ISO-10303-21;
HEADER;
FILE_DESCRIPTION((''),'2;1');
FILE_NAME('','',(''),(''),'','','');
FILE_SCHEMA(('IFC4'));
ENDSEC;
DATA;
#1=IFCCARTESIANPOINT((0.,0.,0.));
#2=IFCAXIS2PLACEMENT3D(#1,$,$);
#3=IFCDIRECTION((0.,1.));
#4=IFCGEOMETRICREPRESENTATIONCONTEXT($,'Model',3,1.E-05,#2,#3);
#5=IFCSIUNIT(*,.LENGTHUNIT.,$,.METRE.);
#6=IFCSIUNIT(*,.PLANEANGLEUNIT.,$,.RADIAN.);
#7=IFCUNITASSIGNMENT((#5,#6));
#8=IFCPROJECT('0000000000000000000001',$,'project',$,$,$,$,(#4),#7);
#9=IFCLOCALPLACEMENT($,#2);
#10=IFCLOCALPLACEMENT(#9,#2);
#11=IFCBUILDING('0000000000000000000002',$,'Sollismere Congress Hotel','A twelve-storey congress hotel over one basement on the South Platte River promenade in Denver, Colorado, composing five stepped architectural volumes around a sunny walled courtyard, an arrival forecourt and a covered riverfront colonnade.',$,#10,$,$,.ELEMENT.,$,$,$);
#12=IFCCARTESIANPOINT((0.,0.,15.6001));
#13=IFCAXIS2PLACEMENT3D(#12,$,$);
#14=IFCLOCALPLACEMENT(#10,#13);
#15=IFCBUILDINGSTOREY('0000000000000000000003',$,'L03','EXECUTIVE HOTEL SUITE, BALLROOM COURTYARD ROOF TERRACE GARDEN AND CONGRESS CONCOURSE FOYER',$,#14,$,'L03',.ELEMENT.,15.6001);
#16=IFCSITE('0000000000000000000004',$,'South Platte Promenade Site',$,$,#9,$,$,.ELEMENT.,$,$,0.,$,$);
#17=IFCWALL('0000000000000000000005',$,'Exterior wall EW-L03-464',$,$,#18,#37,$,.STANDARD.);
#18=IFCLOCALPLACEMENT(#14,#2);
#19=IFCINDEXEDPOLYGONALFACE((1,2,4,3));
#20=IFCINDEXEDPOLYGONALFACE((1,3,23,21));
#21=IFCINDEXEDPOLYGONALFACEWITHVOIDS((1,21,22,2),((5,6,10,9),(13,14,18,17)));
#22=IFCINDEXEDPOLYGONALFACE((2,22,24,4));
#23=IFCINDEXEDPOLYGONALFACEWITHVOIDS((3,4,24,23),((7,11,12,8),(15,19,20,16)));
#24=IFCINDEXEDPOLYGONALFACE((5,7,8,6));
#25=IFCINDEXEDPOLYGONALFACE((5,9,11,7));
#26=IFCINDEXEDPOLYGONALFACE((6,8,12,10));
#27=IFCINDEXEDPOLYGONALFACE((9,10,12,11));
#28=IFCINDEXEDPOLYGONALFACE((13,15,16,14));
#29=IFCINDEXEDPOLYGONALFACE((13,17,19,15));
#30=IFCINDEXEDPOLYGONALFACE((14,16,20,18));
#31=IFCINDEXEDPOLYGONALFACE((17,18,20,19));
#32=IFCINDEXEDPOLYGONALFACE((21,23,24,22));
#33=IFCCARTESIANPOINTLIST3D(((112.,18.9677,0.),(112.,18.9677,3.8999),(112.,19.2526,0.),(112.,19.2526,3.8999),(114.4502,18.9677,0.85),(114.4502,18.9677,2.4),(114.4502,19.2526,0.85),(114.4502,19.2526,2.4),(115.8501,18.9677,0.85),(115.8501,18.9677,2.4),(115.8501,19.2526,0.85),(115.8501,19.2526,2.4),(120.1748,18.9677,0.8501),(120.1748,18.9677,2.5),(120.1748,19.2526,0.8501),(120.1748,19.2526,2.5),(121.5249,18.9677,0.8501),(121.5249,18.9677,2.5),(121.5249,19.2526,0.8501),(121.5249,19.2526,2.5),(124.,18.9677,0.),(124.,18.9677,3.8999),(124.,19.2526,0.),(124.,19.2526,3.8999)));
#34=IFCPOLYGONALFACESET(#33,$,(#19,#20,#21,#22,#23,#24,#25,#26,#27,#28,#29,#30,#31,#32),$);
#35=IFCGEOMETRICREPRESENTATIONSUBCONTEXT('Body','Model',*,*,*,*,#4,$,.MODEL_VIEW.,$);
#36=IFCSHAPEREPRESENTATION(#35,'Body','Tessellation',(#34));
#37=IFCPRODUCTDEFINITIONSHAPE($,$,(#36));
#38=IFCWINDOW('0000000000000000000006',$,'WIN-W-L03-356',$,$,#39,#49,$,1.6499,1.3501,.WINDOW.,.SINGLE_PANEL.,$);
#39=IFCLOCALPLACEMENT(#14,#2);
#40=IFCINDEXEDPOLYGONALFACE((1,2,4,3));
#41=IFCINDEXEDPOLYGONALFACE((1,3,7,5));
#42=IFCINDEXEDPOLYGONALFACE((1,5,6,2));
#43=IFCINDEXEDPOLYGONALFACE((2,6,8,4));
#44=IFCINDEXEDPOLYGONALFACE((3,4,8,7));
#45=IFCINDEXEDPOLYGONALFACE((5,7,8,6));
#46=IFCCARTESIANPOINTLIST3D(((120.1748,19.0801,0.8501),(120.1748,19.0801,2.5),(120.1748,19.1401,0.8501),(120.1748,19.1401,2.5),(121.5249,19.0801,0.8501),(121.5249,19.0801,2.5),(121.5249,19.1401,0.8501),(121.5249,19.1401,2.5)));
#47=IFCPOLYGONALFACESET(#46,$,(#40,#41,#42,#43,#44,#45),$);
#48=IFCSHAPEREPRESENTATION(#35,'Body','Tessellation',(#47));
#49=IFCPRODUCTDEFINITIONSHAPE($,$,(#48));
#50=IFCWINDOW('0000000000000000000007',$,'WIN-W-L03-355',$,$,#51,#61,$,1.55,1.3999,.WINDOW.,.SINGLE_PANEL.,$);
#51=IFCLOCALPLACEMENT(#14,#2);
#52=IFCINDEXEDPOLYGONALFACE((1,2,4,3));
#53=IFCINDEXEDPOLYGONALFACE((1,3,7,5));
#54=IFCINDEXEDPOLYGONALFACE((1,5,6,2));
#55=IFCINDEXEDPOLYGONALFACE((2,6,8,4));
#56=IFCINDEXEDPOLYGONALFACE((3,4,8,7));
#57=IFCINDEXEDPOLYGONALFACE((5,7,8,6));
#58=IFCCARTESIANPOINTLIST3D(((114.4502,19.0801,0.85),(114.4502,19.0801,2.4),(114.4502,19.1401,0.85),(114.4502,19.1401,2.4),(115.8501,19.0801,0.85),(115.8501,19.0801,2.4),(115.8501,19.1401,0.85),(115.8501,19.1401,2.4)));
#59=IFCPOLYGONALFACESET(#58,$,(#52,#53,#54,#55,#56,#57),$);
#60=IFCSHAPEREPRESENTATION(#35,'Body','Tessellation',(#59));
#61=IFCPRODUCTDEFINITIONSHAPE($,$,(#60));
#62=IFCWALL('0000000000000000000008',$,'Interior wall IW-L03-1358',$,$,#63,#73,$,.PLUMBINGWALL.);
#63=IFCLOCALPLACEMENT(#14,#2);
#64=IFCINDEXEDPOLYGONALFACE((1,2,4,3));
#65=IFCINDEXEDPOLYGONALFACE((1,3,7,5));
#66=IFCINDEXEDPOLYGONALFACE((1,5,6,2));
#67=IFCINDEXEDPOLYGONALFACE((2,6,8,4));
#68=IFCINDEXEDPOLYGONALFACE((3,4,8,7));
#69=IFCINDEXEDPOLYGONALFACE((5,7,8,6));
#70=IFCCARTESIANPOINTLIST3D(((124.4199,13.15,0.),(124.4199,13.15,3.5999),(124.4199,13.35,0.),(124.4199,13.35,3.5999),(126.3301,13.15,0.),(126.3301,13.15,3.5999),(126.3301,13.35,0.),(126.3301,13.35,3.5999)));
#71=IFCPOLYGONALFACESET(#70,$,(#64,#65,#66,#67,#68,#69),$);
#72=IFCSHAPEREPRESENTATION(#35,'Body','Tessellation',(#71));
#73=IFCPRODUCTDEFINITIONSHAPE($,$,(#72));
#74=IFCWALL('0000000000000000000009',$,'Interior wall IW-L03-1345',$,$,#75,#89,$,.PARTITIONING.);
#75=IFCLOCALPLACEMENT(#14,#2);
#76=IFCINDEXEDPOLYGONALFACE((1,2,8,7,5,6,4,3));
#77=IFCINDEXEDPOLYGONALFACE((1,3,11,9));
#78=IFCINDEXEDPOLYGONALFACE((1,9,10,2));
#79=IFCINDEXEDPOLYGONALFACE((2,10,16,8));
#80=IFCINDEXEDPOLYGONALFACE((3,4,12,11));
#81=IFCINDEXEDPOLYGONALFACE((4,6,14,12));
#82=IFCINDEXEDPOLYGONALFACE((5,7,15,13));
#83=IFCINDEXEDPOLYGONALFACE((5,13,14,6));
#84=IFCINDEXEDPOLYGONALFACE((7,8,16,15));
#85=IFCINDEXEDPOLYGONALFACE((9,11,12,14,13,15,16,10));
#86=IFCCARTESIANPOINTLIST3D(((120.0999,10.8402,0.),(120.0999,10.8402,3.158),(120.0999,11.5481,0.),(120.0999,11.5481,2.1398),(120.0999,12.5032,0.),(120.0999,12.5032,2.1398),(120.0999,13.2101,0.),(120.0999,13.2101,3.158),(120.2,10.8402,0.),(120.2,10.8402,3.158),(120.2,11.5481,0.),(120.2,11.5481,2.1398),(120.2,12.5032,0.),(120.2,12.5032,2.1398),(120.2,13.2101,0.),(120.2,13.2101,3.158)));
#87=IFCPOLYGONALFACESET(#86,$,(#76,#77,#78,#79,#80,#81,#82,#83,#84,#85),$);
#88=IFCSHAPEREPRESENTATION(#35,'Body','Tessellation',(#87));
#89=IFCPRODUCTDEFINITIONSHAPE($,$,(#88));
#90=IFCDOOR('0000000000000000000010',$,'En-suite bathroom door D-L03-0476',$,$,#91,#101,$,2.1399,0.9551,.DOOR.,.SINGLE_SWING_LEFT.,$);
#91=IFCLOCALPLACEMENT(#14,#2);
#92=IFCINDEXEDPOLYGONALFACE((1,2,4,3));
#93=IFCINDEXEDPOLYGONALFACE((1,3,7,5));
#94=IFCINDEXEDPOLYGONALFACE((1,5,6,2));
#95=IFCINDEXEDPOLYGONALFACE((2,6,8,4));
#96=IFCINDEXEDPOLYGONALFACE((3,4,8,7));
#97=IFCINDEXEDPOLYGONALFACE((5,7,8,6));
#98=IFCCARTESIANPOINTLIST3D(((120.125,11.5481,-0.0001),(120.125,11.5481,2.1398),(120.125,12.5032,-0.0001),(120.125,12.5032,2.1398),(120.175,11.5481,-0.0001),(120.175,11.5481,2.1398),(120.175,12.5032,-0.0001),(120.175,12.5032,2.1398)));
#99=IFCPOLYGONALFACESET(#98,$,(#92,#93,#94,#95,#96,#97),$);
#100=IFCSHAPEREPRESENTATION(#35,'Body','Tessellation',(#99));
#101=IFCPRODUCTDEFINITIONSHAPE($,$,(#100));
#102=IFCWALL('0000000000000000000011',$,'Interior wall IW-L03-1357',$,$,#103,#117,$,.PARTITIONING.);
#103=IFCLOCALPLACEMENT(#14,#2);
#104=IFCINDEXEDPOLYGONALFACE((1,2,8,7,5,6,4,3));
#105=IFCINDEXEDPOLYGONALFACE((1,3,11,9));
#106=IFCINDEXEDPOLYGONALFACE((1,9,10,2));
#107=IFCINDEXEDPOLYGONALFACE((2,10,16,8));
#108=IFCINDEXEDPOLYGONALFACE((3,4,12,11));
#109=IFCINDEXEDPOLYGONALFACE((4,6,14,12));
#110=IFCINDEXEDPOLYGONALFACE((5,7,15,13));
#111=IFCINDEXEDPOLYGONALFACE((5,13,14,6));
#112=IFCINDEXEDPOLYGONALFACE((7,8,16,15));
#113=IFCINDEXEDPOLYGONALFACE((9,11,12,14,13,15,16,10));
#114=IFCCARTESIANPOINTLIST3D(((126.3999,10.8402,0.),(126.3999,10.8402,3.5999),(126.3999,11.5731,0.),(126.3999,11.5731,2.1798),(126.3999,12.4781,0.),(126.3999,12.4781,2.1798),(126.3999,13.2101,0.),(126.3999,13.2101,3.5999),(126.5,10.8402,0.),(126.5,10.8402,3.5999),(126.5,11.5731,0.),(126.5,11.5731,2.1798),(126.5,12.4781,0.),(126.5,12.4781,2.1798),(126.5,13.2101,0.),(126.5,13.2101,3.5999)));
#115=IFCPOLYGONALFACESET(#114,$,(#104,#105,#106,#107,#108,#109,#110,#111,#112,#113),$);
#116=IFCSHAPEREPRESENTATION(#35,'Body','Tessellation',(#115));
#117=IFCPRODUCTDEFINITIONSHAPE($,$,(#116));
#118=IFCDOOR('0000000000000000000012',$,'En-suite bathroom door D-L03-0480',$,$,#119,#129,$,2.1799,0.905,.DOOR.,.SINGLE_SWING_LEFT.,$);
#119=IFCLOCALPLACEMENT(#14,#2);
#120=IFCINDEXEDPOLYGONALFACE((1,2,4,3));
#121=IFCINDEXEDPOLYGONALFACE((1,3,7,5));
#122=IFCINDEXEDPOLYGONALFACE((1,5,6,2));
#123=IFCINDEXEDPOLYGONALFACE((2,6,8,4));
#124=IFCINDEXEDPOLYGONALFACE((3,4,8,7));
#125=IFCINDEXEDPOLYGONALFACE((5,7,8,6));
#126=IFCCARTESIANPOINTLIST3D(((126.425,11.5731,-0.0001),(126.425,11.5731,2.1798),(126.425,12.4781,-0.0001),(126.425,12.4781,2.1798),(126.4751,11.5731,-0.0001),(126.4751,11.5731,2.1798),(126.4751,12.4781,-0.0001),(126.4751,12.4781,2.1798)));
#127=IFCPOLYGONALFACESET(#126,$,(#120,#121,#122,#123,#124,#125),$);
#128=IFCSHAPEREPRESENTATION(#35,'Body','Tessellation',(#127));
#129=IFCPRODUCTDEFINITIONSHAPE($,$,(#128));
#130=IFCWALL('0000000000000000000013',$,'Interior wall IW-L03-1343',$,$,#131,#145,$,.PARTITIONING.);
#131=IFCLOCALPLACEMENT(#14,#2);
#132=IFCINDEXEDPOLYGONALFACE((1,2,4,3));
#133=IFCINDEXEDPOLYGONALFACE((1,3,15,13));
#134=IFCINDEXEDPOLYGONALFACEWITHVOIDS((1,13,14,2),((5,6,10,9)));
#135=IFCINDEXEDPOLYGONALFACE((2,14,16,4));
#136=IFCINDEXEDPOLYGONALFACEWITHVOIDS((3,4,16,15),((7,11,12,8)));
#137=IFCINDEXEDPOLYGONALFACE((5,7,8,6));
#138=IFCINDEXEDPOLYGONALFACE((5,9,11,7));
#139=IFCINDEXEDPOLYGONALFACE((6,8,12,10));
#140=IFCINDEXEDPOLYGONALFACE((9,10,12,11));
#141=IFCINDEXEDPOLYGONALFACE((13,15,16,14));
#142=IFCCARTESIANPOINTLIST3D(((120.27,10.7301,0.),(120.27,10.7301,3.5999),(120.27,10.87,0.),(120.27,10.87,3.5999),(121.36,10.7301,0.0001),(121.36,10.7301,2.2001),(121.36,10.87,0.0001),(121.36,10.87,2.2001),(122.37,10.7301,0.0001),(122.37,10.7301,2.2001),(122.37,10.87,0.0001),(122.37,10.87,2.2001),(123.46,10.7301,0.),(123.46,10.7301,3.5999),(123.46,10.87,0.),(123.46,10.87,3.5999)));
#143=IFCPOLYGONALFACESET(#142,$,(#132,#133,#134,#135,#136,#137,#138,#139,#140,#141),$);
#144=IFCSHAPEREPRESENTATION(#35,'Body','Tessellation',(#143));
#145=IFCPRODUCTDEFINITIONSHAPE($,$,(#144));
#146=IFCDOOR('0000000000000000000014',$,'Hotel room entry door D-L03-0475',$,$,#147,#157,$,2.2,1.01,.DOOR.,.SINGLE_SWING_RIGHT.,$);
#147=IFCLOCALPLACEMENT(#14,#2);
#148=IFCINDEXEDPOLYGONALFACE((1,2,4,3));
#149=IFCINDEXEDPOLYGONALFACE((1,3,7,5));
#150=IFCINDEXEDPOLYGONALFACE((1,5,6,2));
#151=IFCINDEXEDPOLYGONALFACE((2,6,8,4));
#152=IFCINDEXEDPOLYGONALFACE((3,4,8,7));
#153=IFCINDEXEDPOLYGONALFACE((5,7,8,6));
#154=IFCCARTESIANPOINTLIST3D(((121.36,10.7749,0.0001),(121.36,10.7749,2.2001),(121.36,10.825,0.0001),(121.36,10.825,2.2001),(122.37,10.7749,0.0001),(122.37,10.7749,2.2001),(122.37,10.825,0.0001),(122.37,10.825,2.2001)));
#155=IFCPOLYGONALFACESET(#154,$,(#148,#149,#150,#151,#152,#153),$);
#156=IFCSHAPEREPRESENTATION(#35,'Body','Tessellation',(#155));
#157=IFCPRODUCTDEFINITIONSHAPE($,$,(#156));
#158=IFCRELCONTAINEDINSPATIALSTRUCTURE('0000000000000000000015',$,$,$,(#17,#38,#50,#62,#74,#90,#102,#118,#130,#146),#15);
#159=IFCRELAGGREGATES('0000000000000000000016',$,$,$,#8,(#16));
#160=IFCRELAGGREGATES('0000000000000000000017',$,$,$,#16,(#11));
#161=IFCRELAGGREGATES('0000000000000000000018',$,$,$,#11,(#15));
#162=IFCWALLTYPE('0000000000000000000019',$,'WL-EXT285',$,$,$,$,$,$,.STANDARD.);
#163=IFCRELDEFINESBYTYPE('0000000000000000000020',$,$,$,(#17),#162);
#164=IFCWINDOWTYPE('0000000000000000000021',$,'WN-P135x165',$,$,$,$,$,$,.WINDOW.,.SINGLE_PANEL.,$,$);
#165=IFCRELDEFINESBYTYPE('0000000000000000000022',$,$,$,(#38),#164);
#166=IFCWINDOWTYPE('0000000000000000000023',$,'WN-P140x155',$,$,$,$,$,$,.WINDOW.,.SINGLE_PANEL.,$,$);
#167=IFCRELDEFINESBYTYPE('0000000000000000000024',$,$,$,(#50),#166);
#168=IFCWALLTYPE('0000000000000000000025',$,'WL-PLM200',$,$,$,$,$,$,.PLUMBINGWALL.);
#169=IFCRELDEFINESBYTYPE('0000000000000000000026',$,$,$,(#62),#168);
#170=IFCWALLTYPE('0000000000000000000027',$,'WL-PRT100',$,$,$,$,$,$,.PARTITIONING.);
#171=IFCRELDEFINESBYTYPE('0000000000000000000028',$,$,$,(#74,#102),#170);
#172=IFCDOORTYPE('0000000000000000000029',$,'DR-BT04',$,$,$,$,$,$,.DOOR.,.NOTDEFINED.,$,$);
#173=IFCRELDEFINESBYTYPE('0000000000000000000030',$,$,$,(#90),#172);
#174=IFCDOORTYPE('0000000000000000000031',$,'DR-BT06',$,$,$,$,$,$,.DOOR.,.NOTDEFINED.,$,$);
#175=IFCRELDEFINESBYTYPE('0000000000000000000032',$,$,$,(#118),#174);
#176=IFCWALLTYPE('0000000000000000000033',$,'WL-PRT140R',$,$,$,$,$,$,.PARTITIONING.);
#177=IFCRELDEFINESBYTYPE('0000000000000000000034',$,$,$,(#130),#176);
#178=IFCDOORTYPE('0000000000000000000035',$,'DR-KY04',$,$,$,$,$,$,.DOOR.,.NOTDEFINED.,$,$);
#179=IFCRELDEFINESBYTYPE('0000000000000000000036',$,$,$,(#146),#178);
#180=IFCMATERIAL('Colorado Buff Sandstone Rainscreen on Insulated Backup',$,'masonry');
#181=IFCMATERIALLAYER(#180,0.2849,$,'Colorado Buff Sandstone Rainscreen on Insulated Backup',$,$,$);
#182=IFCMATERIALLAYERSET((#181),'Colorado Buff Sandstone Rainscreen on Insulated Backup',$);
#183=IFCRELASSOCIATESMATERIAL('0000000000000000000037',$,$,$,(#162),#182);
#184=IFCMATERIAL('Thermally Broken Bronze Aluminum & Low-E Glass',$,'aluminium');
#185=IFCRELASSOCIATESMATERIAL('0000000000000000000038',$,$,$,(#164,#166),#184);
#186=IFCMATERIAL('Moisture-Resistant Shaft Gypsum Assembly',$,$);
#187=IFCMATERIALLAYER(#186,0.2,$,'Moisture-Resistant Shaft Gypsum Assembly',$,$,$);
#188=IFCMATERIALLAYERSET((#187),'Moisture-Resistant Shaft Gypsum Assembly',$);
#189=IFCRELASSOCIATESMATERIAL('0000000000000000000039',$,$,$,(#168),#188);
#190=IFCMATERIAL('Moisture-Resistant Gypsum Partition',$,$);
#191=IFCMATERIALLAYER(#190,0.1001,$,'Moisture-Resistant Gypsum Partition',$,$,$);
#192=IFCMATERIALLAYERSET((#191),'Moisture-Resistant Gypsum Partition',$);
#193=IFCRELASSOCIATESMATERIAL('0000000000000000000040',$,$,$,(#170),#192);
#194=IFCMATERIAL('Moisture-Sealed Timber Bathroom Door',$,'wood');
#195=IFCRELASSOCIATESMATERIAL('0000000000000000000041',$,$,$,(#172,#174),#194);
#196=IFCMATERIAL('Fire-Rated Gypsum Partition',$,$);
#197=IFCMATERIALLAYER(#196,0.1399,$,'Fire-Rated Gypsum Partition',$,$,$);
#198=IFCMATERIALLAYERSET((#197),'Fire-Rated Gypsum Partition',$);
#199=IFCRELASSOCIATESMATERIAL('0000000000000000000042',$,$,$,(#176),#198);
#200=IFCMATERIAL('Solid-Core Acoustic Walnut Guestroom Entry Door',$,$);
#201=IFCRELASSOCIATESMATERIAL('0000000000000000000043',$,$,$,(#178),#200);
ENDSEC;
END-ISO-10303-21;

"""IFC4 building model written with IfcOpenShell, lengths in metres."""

from ifc_helpers import new_model, si_unit, direction, frame, frame_2d, origin, place, context, subcontext, project, spatial, rectangle, extrude, material, layer, layer_set, type_object, element, fill, save


model = new_model("IFC4")

# Units and contexts
model_context = context("Model", 3, precision=1e-05, world=origin(), true_north=direction((0.0, 1.0)))
body_context = subcontext(model_context, "Body", "Model", "MODEL_VIEW")
ifc_project = project(units=[si_unit("LENGTHUNIT", "METRE"), si_unit("PLANEANGLEUNIT", "RADIAN")], contexts=[model_context])

# Site, building, storey
site_placement = place(None, origin())
site = spatial("IfcSite", under=ifc_project, at=site_placement, Name="South Platte Promenade Site", CompositionType="ELEMENT", RefElevation=0.0)
building_placement = place(site_placement, origin())
building = spatial("IfcBuilding", under=site, at=building_placement, Name="Sollismere Congress Hotel", Description="A twelve-storey congress hotel over one basement on the South Platte River promenade in Denver, Colorado, composing five stepped architectural volumes around a sunny walled courtyard, an arrival forecourt and a covered riverfront colonnade.", CompositionType="ELEMENT")
storey_placement = place(building_placement, frame((0.0, 0.0, 15.6001)))
storey = spatial("IfcBuildingStorey", under=building, at=storey_placement, Name="L03", Description="EXECUTIVE HOTEL SUITE, BALLROOM COURTYARD ROOF TERRACE GARDEN AND CONGRESS CONCOURSE FOYER", LongName="L03", CompositionType="ELEMENT", Elevation=15.6001)

# Wall, openings, windows
ifc_material_1 = material(Name="Colorado Buff Sandstone Rainscreen on Insulated Backup", Category="masonry")
ifc_layer_1 = layer(ifc_material_1, 0.2849, Name="Colorado Buff Sandstone Rainscreen on Insulated Backup")
ifc_layer_set_1 = layer_set([ifc_layer_1], Name="Colorado Buff Sandstone Rainscreen on Insulated Backup")
wall_type_1 = type_object("IfcWallType", Name="WL-EXT285", PredefinedType="STANDARD", material=ifc_layer_set_1)
wall_1_placement = place(storey_placement, frame((124.0, 19.1101, 0.0), z_axis=(0.0, 0.0, 1.0), x_axis=(-1.0, 0.0, 0.0)))
wall_1 = element("IfcWall", 1, at=wall_1_placement, inside=storey, type_object=wall_type_1, Name="Exterior wall EW-L03-464", PredefinedType="STANDARD", context=body_context, shape_type="SweptSolid", body=[
    extrude(rectangle(XDim=12.0, YDim=0.2849, at=frame_2d((6.0, 0.0))), origin(), (0.0, 0.0, 1.0), 3.8999),
])
opening_1_placement = place(wall_1_placement, frame((8.1499, 0.0, 0.8501)))
opening_1 = element("IfcOpeningElement", 2, at=opening_1_placement, cuts=wall_1, PredefinedType="OPENING", context=body_context, shape_type="SweptSolid", body=[
    extrude(rectangle(XDim=1.3999, YDim=1.55, at=frame_2d((0.7, 0.7749))), frame((0.0, 0.1523, 0.0), z_axis=(0.0, -1.0, 0.0), x_axis=(1.0, 0.0, 0.0)), (0.0, 0.0, 1.0), 0.3049),
])
opening_2_placement = place(wall_1_placement, frame((2.4751, 0.0, 0.8501)))
opening_2 = element("IfcOpeningElement", 3, at=opening_2_placement, cuts=wall_1, PredefinedType="OPENING", context=body_context, shape_type="SweptSolid", body=[
    extrude(rectangle(XDim=1.3501, YDim=1.6499, at=frame_2d((0.675, 0.825))), frame((0.0, 0.1523, 0.0), z_axis=(0.0, -1.0, 0.0), x_axis=(1.0, 0.0, 0.0)), (0.0, 0.0, 1.0), 0.3049),
])
ifc_material_2 = material(Name="Thermally Broken Bronze Aluminum & Low-E Glass", Category="aluminium")
window_type_1 = type_object("IfcWindowType", Name="WN-P135x165", PartitioningType="SINGLE_PANEL", PredefinedType="WINDOW", material=ifc_material_2)
window_1_placement = place(opening_2_placement, origin())
window_1 = element("IfcWindow", 4, at=window_1_placement, inside=storey, type_object=window_type_1, Name="WIN-W-L03-356", OverallHeight=1.6499, OverallWidth=1.3501, PartitioningType="SINGLE_PANEL", PredefinedType="WINDOW", context=body_context, shape_type="SweptSolid", body=[
    extrude(rectangle(XDim=1.3501, YDim=1.6499, at=frame_2d((0.675, 0.825))), frame((0.0, 0.03, 0.0), z_axis=(0.0, -1.0, 0.0), x_axis=(1.0, 0.0, 0.0)), (0.0, 0.0, 1.0), 0.0601),
])
fill(opening_2, window_1)
window_type_2 = type_object("IfcWindowType", Name="WN-P140x155", PartitioningType="SINGLE_PANEL", PredefinedType="WINDOW", material=ifc_material_2)
window_2_placement = place(opening_1_placement, origin())
window_2 = element("IfcWindow", 5, at=window_2_placement, inside=storey, type_object=window_type_2, Name="WIN-W-L03-355", OverallHeight=1.55, OverallWidth=1.3999, PartitioningType="SINGLE_PANEL", PredefinedType="WINDOW", context=body_context, shape_type="SweptSolid", body=[
    extrude(rectangle(XDim=1.3999, YDim=1.55, at=frame_2d((0.7, 0.7749))), frame((0.0, 0.03, 0.0), z_axis=(0.0, -1.0, 0.0), x_axis=(1.0, 0.0, 0.0)), (0.0, 0.0, 1.0), 0.0601),
])
fill(opening_1, window_2)

# Wall
ifc_material_3 = material(Name="Moisture-Resistant Shaft Gypsum Assembly")
ifc_layer_2 = layer(ifc_material_3, 0.2, Name="Moisture-Resistant Shaft Gypsum Assembly")
ifc_layer_set_2 = layer_set([ifc_layer_2], Name="Moisture-Resistant Shaft Gypsum Assembly")
wall_type_2 = type_object("IfcWallType", Name="WL-PLM200", PredefinedType="PLUMBINGWALL", material=ifc_layer_set_2)
wall_2_placement = place(storey_placement, frame((124.4199, 13.25, 0.0), z_axis=(0.0, 0.0, 1.0), x_axis=(1.0, 0.0, 0.0)))
element("IfcWall", 6, at=wall_2_placement, inside=storey, type_object=wall_type_2, Name="Interior wall IW-L03-1358", PredefinedType="PLUMBINGWALL", context=body_context, shape_type="SweptSolid", body=[
    extrude(rectangle(XDim=1.9102, YDim=0.2, at=frame_2d((0.9551, 0.0))), origin(), (0.0, 0.0, 1.0), 3.5999),
])

# Walls, openings, doors
ifc_material_4 = material(Name="Moisture-Resistant Gypsum Partition")
ifc_layer_3 = layer(ifc_material_4, 0.1001, Name="Moisture-Resistant Gypsum Partition")
ifc_layer_set_3 = layer_set([ifc_layer_3], Name="Moisture-Resistant Gypsum Partition")
wall_type_3 = type_object("IfcWallType", Name="WL-PRT100", PredefinedType="PARTITIONING", material=ifc_layer_set_3)
wall_3_placement = place(storey_placement, frame((120.1499, 10.8401, 0.0), z_axis=(0.0, 0.0, 1.0), x_axis=(0.0, 1.0, 0.0)))
wall_3 = element("IfcWall", 7, at=wall_3_placement, inside=storey, type_object=wall_type_3, Name="Interior wall IW-L03-1345", PredefinedType="PARTITIONING", context=body_context, shape_type="SweptSolid", body=[
    extrude(rectangle(XDim=2.3699, YDim=0.1001, at=frame_2d((1.1851, 0.0))), origin(), (0.0, 0.0, 1.0), 3.158),
])
opening_3_placement = place(wall_3_placement, frame((0.708, 0.0, 0.0)))
opening_3 = element("IfcOpeningElement", 8, at=opening_3_placement, cuts=wall_3, PredefinedType="OPENING", context=body_context, shape_type="SweptSolid", body=[
    extrude(rectangle(XDim=0.9551, YDim=2.1399, at=frame_2d((0.4775, 1.0698))), frame((0.0, 0.0601, 0.0), z_axis=(0.0, -1.0, 0.0), x_axis=(1.0, 0.0, 0.0)), (0.0, 0.0, 1.0), 0.1201),
])
ifc_material_5 = material(Name="Moisture-Sealed Timber Bathroom Door", Category="wood")
door_type_1 = type_object("IfcDoorType", Name="DR-BT04", OperationType="NOTDEFINED", PredefinedType="DOOR", material=ifc_material_5)
door_1_placement = place(opening_3_placement, origin())
door_1 = element("IfcDoor", 9, at=door_1_placement, inside=storey, type_object=door_type_1, Name="En-suite bathroom door D-L03-0476", OperationType="SINGLE_SWING_LEFT", OverallHeight=2.1399, OverallWidth=0.9551, PredefinedType="DOOR", context=body_context, shape_type="SweptSolid", body=[
    extrude(rectangle(XDim=0.9551, YDim=2.1399, at=frame_2d((0.4775, 1.0698))), frame((0.0, 0.0249, 0.0), z_axis=(0.0, -1.0, 0.0), x_axis=(1.0, 0.0, 0.0)), (0.0, 0.0, 1.0), 0.05),
])
fill(opening_3, door_1)
wall_4_placement = place(storey_placement, frame((126.45, 10.8401, 0.0), z_axis=(0.0, 0.0, 1.0), x_axis=(0.0, 1.0, 0.0)))
wall_4 = element("IfcWall", 10, at=wall_4_placement, inside=storey, type_object=wall_type_3, Name="Interior wall IW-L03-1357", PredefinedType="PARTITIONING", context=body_context, shape_type="SweptSolid", body=[
    extrude(rectangle(XDim=2.3699, YDim=0.1001, at=frame_2d((1.1851, 0.0))), origin(), (0.0, 0.0, 1.0), 3.5999),
])
opening_4_placement = place(wall_4_placement, frame((0.7329, 0.0, 0.0)))
opening_4 = element("IfcOpeningElement", 11, at=opening_4_placement, cuts=wall_4, PredefinedType="OPENING", context=body_context, shape_type="SweptSolid", body=[
    extrude(rectangle(XDim=0.905, YDim=2.1799, at=frame_2d((0.4526, 1.0898))), frame((0.0, 0.0601, 0.0), z_axis=(0.0, -1.0, 0.0), x_axis=(1.0, 0.0, 0.0)), (0.0, 0.0, 1.0), 0.1201),
])
door_type_2 = type_object("IfcDoorType", Name="DR-BT06", OperationType="NOTDEFINED", PredefinedType="DOOR", material=ifc_material_5)
door_2_placement = place(opening_4_placement, origin())
door_2 = element("IfcDoor", 12, at=door_2_placement, inside=storey, type_object=door_type_2, Name="En-suite bathroom door D-L03-0480", OperationType="SINGLE_SWING_LEFT", OverallHeight=2.1799, OverallWidth=0.905, PredefinedType="DOOR", context=body_context, shape_type="SweptSolid", body=[
    extrude(rectangle(XDim=0.905, YDim=2.1799, at=frame_2d((0.4526, 1.0898))), frame((0.0, 0.0249, 0.0), z_axis=(0.0, -1.0, 0.0), x_axis=(1.0, 0.0, 0.0)), (0.0, 0.0, 1.0), 0.05),
])
fill(opening_4, door_2)
ifc_material_6 = material(Name="Fire-Rated Gypsum Partition")
ifc_layer_4 = layer(ifc_material_6, 0.1399, Name="Fire-Rated Gypsum Partition")
ifc_layer_set_4 = layer_set([ifc_layer_4], Name="Fire-Rated Gypsum Partition")
wall_type_4 = type_object("IfcWallType", Name="WL-PRT140R", PredefinedType="PARTITIONING", material=ifc_layer_set_4)
ifc_material_7 = material(Name="Solid-Core Acoustic Walnut Guestroom Entry Door")
wall_5_placement = place(storey_placement, frame((120.27, 10.8, 0.0), z_axis=(0.0, 0.0, 1.0), x_axis=(1.0, 0.0, 0.0)))
wall_5 = element("IfcWall", 13, at=wall_5_placement, inside=storey, type_object=wall_type_4, Name="Interior wall IW-L03-1343", PredefinedType="PARTITIONING", context=body_context, shape_type="SweptSolid", body=[
    extrude(rectangle(XDim=3.1899, YDim=0.1399, at=frame_2d((1.595, 0.0))), origin(), (0.0, 0.0, 1.0), 3.5999),
])
opening_5_placement = place(wall_5_placement, frame((1.0901, 0.0, 0.0)))
opening_5 = element("IfcOpeningElement", 14, at=opening_5_placement, cuts=wall_5, PredefinedType="OPENING", context=body_context, shape_type="SweptSolid", body=[
    extrude(rectangle(XDim=1.01, YDim=2.2, at=frame_2d((0.5049, 1.1001))), frame((0.0, 0.0798, 0.0), z_axis=(0.0, -1.0, 0.0), x_axis=(1.0, 0.0, 0.0)), (0.0, 0.0, 1.0), 0.1599),
])
door_type_3 = type_object("IfcDoorType", Name="DR-KY04", OperationType="NOTDEFINED", PredefinedType="DOOR", material=ifc_material_7)
door_3_placement = place(opening_5_placement, origin())
door_3 = element("IfcDoor", 15, at=door_3_placement, inside=storey, type_object=door_type_3, Name="Hotel room entry door D-L03-0475", OperationType="SINGLE_SWING_RIGHT", OverallHeight=2.2, OverallWidth=1.01, PredefinedType="DOOR", context=body_context, shape_type="SweptSolid", body=[
    extrude(rectangle(XDim=1.01, YDim=2.2, at=frame_2d((0.5049, 1.1001))), frame((0.0, 0.0249, 0.0), z_axis=(0.0, -1.0, 0.0), x_axis=(1.0, 0.0, 0.0)), (0.0, 0.0, 1.0), 0.05),
])
fill(opening_5, door_3)

save(model, "model.ifc")
